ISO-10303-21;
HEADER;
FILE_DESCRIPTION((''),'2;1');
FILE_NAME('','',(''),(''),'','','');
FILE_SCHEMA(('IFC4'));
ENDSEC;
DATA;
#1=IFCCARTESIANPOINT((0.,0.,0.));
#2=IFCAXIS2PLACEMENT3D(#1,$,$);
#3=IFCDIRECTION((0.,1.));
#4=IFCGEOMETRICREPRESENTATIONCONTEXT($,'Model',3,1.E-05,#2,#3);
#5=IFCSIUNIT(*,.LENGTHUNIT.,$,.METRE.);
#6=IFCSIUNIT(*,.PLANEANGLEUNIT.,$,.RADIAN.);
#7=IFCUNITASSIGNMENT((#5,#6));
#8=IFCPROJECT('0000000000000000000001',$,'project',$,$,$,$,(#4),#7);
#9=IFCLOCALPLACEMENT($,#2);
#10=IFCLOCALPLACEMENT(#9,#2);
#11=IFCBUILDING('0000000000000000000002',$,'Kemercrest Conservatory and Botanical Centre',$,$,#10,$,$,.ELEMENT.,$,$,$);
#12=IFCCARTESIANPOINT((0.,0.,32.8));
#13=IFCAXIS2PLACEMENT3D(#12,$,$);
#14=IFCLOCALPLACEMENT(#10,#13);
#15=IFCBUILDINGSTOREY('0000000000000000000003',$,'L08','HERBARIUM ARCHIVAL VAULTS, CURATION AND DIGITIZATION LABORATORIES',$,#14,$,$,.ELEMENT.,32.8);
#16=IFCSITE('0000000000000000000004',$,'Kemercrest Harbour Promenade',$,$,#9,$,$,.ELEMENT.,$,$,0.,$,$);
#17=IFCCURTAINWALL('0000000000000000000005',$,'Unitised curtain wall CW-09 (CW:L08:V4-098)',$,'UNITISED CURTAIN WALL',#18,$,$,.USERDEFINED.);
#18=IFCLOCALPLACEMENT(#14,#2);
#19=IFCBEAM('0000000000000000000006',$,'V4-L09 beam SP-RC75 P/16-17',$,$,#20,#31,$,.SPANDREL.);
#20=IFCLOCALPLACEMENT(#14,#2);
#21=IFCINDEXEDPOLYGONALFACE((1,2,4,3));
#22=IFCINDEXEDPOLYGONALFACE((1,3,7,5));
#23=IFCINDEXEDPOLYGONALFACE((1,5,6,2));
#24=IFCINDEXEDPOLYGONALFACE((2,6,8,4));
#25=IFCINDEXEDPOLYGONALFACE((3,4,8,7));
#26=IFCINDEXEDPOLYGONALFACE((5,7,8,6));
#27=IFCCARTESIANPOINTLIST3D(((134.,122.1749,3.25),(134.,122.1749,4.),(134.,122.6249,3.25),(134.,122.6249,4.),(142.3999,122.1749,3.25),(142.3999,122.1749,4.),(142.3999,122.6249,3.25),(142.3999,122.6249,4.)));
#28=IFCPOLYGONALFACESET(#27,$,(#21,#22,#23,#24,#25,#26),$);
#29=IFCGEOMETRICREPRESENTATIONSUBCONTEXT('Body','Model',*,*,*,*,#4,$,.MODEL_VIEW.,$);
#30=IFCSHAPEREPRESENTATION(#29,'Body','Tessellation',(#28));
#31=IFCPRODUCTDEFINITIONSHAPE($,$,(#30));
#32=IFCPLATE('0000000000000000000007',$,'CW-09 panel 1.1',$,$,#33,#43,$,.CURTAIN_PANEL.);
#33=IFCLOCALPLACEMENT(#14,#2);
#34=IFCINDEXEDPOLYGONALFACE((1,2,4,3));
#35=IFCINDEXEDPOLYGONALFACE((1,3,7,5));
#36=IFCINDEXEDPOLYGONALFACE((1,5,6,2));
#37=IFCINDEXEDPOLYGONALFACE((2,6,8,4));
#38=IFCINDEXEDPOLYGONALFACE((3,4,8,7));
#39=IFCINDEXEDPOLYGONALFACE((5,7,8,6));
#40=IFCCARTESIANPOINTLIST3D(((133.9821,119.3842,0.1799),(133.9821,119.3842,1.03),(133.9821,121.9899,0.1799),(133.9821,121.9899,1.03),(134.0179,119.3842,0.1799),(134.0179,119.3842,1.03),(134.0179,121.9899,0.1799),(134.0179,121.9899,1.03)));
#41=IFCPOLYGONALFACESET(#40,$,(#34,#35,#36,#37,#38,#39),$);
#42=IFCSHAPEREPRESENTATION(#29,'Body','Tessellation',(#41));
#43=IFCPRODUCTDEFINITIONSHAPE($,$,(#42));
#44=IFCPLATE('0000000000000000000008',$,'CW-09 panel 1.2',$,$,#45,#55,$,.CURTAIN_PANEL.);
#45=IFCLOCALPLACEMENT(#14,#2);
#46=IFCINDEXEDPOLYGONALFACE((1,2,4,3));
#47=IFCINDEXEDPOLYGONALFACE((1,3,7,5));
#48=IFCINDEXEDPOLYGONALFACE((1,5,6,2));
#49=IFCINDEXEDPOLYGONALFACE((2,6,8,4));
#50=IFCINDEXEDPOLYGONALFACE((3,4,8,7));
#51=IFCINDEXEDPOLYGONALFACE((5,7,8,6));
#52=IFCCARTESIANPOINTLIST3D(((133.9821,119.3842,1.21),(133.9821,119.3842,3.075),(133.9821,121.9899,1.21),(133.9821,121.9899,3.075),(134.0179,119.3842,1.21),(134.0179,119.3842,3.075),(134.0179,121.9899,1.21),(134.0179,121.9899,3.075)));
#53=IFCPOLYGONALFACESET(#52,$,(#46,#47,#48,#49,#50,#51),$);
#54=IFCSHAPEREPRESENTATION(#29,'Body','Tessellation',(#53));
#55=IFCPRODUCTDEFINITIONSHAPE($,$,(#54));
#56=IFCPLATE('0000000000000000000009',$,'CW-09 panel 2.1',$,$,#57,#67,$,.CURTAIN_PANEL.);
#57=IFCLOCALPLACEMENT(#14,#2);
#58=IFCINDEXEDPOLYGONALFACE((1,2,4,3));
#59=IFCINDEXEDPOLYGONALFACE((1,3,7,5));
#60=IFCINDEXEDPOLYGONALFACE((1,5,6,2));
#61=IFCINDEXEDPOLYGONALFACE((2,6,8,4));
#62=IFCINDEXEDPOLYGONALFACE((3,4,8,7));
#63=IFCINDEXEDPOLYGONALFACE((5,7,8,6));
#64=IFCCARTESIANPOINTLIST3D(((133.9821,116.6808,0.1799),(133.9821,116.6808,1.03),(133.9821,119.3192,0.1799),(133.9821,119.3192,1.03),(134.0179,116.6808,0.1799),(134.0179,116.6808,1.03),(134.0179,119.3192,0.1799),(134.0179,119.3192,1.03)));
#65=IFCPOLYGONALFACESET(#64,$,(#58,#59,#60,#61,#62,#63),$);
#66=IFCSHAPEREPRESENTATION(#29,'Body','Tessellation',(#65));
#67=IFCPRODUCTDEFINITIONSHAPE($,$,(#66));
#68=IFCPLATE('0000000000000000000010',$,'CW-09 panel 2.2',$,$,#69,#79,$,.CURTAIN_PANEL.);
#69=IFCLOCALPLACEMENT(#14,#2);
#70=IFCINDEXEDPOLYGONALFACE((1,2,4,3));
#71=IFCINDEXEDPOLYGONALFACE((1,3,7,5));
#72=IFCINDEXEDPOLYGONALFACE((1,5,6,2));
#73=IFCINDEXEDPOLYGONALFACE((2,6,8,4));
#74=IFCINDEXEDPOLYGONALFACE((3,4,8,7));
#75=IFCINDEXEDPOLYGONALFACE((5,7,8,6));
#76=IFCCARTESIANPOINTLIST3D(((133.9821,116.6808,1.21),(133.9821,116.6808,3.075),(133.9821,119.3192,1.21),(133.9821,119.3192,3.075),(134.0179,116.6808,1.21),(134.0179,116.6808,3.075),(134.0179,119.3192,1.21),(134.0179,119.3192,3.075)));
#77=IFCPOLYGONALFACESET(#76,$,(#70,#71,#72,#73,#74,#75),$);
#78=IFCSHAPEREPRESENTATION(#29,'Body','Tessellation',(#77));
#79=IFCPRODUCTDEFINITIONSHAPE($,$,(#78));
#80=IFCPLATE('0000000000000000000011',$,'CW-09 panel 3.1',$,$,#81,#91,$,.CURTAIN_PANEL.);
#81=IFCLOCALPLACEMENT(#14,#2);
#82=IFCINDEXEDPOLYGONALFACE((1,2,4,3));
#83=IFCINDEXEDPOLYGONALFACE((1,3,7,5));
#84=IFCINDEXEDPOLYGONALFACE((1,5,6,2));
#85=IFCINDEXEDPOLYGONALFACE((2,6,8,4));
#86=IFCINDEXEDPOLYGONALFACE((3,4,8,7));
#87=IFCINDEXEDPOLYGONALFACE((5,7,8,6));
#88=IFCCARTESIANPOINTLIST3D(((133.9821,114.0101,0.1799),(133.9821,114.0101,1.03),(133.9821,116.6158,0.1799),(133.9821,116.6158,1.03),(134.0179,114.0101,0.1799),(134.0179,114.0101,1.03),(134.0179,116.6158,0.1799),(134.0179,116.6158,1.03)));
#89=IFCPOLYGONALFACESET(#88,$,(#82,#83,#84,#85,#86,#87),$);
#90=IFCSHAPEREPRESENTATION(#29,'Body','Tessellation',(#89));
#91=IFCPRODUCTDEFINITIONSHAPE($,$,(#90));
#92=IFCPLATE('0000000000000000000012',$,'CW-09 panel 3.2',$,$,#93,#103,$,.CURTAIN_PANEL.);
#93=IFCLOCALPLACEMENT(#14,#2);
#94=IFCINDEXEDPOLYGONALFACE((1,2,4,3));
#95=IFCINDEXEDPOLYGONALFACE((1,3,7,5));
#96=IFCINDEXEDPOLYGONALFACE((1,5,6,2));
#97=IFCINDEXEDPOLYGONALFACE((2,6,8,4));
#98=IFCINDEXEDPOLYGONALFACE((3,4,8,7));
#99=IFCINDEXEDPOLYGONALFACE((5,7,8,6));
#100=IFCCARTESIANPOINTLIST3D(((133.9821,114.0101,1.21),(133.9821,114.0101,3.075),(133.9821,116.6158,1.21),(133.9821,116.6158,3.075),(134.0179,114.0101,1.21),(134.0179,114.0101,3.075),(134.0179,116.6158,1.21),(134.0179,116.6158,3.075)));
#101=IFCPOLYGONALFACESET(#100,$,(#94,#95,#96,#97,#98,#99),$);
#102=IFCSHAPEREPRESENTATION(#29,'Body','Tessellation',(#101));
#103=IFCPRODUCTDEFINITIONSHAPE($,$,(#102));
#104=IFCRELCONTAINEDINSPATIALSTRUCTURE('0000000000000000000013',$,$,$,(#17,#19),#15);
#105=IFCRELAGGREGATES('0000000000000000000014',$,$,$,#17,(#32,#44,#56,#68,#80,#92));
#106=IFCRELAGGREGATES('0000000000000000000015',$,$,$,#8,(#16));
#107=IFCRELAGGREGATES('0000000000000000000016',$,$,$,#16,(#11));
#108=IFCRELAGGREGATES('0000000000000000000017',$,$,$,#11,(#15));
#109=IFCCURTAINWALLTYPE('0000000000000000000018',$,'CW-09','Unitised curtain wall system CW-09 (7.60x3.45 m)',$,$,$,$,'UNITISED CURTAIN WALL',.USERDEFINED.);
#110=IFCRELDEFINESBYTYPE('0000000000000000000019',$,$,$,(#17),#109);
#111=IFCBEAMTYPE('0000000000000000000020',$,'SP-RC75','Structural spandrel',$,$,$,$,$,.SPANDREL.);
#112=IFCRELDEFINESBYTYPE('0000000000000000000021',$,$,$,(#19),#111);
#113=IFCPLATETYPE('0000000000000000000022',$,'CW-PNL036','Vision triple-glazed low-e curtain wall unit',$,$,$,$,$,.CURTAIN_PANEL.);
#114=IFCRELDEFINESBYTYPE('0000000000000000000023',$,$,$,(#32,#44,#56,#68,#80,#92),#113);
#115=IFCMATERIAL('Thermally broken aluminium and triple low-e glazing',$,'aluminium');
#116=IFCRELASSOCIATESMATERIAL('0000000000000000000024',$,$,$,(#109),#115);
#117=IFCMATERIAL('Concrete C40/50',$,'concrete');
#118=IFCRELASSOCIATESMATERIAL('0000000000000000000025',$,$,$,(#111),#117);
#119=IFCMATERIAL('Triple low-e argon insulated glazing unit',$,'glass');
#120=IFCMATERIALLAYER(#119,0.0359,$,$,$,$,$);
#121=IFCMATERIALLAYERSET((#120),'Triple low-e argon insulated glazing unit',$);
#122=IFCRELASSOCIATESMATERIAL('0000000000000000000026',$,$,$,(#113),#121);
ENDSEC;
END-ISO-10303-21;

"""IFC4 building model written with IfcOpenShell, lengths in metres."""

from ifc_helpers import new_model, si_unit, direction, frame, origin, origin_2d, place, context, subcontext, project, spatial, rectangle, extrude, material, layer, layer_set, material_profile, profile_set, type_object, element, aggregate, save


model = new_model("IFC4")

# Units and contexts
model_context = context("Model", 3, precision=1e-05, world=origin(), true_north=direction((0.0, 1.0)))
body_context = subcontext(model_context, "Body", "Model", "MODEL_VIEW")
ifc_project = project(units=[si_unit("LENGTHUNIT", "METRE"), si_unit("PLANEANGLEUNIT", "RADIAN")], contexts=[model_context])

# Site, building, storey
site_placement = place(None, origin())
site = spatial("IfcSite", under=ifc_project, at=site_placement, Name="Kemercrest Harbour Promenade", CompositionType="ELEMENT", RefElevation=0.0)
building_placement = place(site_placement, origin())
building = spatial("IfcBuilding", under=site, at=building_placement, Name="Kemercrest Conservatory and Botanical Centre", CompositionType="ELEMENT")
storey_placement = place(building_placement, frame((0.0, 0.0, 32.8)))
storey = spatial("IfcBuildingStorey", under=building, at=storey_placement, Name="L08", Description="HERBARIUM ARCHIVAL VAULTS, CURATION AND DIGITIZATION LABORATORIES", CompositionType="ELEMENT", Elevation=32.8)

# Curtain wall
ifc_material_1 = material(Name="Thermally broken aluminium and triple low-e glazing", Category="aluminium")
curtain_wall_type = type_object("IfcCurtainWallType", Name="CW-09", Description="Unitised curtain wall system CW-09 (7.60x3.45 m)", ElementType="UNITISED CURTAIN WALL", PredefinedType="USERDEFINED", material=ifc_material_1)
curtain_wall_placement = place(storey_placement, origin())
curtain_wall = element("IfcCurtainWall", 1, at=curtain_wall_placement, inside=storey, type_object=curtain_wall_type, Name="Unitised curtain wall CW-09 (CW:L08:V4-098)", ObjectType="UNITISED CURTAIN WALL", PredefinedType="USERDEFINED")

# Beam
ifc_material_2 = material(Name="Concrete C40/50", Category="concrete")
ifc_material_profile_1 = material_profile(ifc_material_2, rectangle(XDim=0.45, YDim=0.75, at=origin_2d()), Name="RC 450x750")
ifc_profile_set_1 = profile_set([ifc_material_profile_1], Name="Concrete C40/50")
beam_type = type_object("IfcBeamType", Name="SP-RC75", Description="Structural spandrel", PredefinedType="SPANDREL", material=ifc_profile_set_1)
beam_placement = place(storey_placement, frame((134.0, 122.3999, 3.625), z_axis=(1.0, 0.0, 0.0), x_axis=(0.0, 1.0, 0.0)))
element("IfcBeam", 2, at=beam_placement, inside=storey, type_object=beam_type, Name="V4-L09 beam SP-RC75 P/16-17", PredefinedType="SPANDREL", context=body_context, shape_type="SweptSolid", body=[
    extrude(rectangle(XDim=0.45, YDim=0.75, at=origin_2d()), origin(), (0.0, 0.0, 1.0), 8.3999),
])

# Plates
ifc_material_3 = material(Name="Triple low-e argon insulated glazing unit", Category="glass")
ifc_layer = layer(ifc_material_3, 0.0359)
ifc_layer_set = layer_set([ifc_layer], Name="Triple low-e argon insulated glazing unit")
plate_type = type_object("IfcPlateType", Name="CW-PNL036", Description="Vision triple-glazed low-e curtain wall unit", PredefinedType="CURTAIN_PANEL", material=ifc_layer_set)
plate_1_placement = place(storey_placement, frame((134.0, 120.687, 0.1799), z_axis=(0.0, 0.0, 1.0), x_axis=(0.0, -1.0, 0.0)))
plate_1 = element("IfcPlate", 3, at=plate_1_placement, type_object=plate_type, Name="CW-09 panel 1.1", PredefinedType="CURTAIN_PANEL", context=body_context, shape_type="SweptSolid", body=[
    extrude(rectangle(XDim=2.6057, YDim=0.0359, at=origin_2d()), origin(), (0.0, 0.0, 1.0), 0.8501),
])
plate_2_placement = place(storey_placement, frame((134.0, 120.687, 1.21), z_axis=(0.0, 0.0, 1.0), x_axis=(0.0, -1.0, 0.0)))
plate_2 = element("IfcPlate", 4, at=plate_2_placement, type_object=plate_type, Name="CW-09 panel 1.2", PredefinedType="CURTAIN_PANEL", context=body_context, shape_type="SweptSolid", body=[
    extrude(rectangle(XDim=2.6057, YDim=0.0359, at=origin_2d()), origin(), (0.0, 0.0, 1.0), 1.865),
])
plate_3_placement = place(storey_placement, frame((134.0, 118.0, 0.1799), z_axis=(0.0, 0.0, 1.0), x_axis=(0.0, -1.0, 0.0)))
plate_3 = element("IfcPlate", 5, at=plate_3_placement, type_object=plate_type, Name="CW-09 panel 2.1", PredefinedType="CURTAIN_PANEL", context=body_context, shape_type="SweptSolid", body=[
    extrude(rectangle(XDim=2.6384, YDim=0.0359, at=origin_2d()), origin(), (0.0, 0.0, 1.0), 0.8501),
])
plate_4_placement = place(storey_placement, frame((134.0, 118.0, 1.21), z_axis=(0.0, 0.0, 1.0), x_axis=(0.0, -1.0, 0.0)))
plate_4 = element("IfcPlate", 6, at=plate_4_placement, type_object=plate_type, Name="CW-09 panel 2.2", PredefinedType="CURTAIN_PANEL", context=body_context, shape_type="SweptSolid", body=[
    extrude(rectangle(XDim=2.6384, YDim=0.0359, at=origin_2d()), origin(), (0.0, 0.0, 1.0), 1.865),
])
plate_5_placement = place(storey_placement, frame((134.0, 115.313, 0.1799), z_axis=(0.0, 0.0, 1.0), x_axis=(0.0, -1.0, 0.0)))
plate_5 = element("IfcPlate", 7, at=plate_5_placement, type_object=plate_type, Name="CW-09 panel 3.1", PredefinedType="CURTAIN_PANEL", context=body_context, shape_type="SweptSolid", body=[
    extrude(rectangle(XDim=2.6057, YDim=0.0359, at=origin_2d()), origin(), (0.0, 0.0, 1.0), 0.8501),
])
plate_6_placement = place(storey_placement, frame((134.0, 115.313, 1.21), z_axis=(0.0, 0.0, 1.0), x_axis=(0.0, -1.0, 0.0)))
plate_6 = element("IfcPlate", 8, at=plate_6_placement, type_object=plate_type, Name="CW-09 panel 3.2", PredefinedType="CURTAIN_PANEL", context=body_context, shape_type="SweptSolid", body=[
    extrude(rectangle(XDim=2.6057, YDim=0.0359, at=origin_2d()), origin(), (0.0, 0.0, 1.0), 1.865),
])
aggregate(curtain_wall, [plate_1, plate_2, plate_3, plate_4, plate_5, plate_6])

save(model, "model.ifc")
